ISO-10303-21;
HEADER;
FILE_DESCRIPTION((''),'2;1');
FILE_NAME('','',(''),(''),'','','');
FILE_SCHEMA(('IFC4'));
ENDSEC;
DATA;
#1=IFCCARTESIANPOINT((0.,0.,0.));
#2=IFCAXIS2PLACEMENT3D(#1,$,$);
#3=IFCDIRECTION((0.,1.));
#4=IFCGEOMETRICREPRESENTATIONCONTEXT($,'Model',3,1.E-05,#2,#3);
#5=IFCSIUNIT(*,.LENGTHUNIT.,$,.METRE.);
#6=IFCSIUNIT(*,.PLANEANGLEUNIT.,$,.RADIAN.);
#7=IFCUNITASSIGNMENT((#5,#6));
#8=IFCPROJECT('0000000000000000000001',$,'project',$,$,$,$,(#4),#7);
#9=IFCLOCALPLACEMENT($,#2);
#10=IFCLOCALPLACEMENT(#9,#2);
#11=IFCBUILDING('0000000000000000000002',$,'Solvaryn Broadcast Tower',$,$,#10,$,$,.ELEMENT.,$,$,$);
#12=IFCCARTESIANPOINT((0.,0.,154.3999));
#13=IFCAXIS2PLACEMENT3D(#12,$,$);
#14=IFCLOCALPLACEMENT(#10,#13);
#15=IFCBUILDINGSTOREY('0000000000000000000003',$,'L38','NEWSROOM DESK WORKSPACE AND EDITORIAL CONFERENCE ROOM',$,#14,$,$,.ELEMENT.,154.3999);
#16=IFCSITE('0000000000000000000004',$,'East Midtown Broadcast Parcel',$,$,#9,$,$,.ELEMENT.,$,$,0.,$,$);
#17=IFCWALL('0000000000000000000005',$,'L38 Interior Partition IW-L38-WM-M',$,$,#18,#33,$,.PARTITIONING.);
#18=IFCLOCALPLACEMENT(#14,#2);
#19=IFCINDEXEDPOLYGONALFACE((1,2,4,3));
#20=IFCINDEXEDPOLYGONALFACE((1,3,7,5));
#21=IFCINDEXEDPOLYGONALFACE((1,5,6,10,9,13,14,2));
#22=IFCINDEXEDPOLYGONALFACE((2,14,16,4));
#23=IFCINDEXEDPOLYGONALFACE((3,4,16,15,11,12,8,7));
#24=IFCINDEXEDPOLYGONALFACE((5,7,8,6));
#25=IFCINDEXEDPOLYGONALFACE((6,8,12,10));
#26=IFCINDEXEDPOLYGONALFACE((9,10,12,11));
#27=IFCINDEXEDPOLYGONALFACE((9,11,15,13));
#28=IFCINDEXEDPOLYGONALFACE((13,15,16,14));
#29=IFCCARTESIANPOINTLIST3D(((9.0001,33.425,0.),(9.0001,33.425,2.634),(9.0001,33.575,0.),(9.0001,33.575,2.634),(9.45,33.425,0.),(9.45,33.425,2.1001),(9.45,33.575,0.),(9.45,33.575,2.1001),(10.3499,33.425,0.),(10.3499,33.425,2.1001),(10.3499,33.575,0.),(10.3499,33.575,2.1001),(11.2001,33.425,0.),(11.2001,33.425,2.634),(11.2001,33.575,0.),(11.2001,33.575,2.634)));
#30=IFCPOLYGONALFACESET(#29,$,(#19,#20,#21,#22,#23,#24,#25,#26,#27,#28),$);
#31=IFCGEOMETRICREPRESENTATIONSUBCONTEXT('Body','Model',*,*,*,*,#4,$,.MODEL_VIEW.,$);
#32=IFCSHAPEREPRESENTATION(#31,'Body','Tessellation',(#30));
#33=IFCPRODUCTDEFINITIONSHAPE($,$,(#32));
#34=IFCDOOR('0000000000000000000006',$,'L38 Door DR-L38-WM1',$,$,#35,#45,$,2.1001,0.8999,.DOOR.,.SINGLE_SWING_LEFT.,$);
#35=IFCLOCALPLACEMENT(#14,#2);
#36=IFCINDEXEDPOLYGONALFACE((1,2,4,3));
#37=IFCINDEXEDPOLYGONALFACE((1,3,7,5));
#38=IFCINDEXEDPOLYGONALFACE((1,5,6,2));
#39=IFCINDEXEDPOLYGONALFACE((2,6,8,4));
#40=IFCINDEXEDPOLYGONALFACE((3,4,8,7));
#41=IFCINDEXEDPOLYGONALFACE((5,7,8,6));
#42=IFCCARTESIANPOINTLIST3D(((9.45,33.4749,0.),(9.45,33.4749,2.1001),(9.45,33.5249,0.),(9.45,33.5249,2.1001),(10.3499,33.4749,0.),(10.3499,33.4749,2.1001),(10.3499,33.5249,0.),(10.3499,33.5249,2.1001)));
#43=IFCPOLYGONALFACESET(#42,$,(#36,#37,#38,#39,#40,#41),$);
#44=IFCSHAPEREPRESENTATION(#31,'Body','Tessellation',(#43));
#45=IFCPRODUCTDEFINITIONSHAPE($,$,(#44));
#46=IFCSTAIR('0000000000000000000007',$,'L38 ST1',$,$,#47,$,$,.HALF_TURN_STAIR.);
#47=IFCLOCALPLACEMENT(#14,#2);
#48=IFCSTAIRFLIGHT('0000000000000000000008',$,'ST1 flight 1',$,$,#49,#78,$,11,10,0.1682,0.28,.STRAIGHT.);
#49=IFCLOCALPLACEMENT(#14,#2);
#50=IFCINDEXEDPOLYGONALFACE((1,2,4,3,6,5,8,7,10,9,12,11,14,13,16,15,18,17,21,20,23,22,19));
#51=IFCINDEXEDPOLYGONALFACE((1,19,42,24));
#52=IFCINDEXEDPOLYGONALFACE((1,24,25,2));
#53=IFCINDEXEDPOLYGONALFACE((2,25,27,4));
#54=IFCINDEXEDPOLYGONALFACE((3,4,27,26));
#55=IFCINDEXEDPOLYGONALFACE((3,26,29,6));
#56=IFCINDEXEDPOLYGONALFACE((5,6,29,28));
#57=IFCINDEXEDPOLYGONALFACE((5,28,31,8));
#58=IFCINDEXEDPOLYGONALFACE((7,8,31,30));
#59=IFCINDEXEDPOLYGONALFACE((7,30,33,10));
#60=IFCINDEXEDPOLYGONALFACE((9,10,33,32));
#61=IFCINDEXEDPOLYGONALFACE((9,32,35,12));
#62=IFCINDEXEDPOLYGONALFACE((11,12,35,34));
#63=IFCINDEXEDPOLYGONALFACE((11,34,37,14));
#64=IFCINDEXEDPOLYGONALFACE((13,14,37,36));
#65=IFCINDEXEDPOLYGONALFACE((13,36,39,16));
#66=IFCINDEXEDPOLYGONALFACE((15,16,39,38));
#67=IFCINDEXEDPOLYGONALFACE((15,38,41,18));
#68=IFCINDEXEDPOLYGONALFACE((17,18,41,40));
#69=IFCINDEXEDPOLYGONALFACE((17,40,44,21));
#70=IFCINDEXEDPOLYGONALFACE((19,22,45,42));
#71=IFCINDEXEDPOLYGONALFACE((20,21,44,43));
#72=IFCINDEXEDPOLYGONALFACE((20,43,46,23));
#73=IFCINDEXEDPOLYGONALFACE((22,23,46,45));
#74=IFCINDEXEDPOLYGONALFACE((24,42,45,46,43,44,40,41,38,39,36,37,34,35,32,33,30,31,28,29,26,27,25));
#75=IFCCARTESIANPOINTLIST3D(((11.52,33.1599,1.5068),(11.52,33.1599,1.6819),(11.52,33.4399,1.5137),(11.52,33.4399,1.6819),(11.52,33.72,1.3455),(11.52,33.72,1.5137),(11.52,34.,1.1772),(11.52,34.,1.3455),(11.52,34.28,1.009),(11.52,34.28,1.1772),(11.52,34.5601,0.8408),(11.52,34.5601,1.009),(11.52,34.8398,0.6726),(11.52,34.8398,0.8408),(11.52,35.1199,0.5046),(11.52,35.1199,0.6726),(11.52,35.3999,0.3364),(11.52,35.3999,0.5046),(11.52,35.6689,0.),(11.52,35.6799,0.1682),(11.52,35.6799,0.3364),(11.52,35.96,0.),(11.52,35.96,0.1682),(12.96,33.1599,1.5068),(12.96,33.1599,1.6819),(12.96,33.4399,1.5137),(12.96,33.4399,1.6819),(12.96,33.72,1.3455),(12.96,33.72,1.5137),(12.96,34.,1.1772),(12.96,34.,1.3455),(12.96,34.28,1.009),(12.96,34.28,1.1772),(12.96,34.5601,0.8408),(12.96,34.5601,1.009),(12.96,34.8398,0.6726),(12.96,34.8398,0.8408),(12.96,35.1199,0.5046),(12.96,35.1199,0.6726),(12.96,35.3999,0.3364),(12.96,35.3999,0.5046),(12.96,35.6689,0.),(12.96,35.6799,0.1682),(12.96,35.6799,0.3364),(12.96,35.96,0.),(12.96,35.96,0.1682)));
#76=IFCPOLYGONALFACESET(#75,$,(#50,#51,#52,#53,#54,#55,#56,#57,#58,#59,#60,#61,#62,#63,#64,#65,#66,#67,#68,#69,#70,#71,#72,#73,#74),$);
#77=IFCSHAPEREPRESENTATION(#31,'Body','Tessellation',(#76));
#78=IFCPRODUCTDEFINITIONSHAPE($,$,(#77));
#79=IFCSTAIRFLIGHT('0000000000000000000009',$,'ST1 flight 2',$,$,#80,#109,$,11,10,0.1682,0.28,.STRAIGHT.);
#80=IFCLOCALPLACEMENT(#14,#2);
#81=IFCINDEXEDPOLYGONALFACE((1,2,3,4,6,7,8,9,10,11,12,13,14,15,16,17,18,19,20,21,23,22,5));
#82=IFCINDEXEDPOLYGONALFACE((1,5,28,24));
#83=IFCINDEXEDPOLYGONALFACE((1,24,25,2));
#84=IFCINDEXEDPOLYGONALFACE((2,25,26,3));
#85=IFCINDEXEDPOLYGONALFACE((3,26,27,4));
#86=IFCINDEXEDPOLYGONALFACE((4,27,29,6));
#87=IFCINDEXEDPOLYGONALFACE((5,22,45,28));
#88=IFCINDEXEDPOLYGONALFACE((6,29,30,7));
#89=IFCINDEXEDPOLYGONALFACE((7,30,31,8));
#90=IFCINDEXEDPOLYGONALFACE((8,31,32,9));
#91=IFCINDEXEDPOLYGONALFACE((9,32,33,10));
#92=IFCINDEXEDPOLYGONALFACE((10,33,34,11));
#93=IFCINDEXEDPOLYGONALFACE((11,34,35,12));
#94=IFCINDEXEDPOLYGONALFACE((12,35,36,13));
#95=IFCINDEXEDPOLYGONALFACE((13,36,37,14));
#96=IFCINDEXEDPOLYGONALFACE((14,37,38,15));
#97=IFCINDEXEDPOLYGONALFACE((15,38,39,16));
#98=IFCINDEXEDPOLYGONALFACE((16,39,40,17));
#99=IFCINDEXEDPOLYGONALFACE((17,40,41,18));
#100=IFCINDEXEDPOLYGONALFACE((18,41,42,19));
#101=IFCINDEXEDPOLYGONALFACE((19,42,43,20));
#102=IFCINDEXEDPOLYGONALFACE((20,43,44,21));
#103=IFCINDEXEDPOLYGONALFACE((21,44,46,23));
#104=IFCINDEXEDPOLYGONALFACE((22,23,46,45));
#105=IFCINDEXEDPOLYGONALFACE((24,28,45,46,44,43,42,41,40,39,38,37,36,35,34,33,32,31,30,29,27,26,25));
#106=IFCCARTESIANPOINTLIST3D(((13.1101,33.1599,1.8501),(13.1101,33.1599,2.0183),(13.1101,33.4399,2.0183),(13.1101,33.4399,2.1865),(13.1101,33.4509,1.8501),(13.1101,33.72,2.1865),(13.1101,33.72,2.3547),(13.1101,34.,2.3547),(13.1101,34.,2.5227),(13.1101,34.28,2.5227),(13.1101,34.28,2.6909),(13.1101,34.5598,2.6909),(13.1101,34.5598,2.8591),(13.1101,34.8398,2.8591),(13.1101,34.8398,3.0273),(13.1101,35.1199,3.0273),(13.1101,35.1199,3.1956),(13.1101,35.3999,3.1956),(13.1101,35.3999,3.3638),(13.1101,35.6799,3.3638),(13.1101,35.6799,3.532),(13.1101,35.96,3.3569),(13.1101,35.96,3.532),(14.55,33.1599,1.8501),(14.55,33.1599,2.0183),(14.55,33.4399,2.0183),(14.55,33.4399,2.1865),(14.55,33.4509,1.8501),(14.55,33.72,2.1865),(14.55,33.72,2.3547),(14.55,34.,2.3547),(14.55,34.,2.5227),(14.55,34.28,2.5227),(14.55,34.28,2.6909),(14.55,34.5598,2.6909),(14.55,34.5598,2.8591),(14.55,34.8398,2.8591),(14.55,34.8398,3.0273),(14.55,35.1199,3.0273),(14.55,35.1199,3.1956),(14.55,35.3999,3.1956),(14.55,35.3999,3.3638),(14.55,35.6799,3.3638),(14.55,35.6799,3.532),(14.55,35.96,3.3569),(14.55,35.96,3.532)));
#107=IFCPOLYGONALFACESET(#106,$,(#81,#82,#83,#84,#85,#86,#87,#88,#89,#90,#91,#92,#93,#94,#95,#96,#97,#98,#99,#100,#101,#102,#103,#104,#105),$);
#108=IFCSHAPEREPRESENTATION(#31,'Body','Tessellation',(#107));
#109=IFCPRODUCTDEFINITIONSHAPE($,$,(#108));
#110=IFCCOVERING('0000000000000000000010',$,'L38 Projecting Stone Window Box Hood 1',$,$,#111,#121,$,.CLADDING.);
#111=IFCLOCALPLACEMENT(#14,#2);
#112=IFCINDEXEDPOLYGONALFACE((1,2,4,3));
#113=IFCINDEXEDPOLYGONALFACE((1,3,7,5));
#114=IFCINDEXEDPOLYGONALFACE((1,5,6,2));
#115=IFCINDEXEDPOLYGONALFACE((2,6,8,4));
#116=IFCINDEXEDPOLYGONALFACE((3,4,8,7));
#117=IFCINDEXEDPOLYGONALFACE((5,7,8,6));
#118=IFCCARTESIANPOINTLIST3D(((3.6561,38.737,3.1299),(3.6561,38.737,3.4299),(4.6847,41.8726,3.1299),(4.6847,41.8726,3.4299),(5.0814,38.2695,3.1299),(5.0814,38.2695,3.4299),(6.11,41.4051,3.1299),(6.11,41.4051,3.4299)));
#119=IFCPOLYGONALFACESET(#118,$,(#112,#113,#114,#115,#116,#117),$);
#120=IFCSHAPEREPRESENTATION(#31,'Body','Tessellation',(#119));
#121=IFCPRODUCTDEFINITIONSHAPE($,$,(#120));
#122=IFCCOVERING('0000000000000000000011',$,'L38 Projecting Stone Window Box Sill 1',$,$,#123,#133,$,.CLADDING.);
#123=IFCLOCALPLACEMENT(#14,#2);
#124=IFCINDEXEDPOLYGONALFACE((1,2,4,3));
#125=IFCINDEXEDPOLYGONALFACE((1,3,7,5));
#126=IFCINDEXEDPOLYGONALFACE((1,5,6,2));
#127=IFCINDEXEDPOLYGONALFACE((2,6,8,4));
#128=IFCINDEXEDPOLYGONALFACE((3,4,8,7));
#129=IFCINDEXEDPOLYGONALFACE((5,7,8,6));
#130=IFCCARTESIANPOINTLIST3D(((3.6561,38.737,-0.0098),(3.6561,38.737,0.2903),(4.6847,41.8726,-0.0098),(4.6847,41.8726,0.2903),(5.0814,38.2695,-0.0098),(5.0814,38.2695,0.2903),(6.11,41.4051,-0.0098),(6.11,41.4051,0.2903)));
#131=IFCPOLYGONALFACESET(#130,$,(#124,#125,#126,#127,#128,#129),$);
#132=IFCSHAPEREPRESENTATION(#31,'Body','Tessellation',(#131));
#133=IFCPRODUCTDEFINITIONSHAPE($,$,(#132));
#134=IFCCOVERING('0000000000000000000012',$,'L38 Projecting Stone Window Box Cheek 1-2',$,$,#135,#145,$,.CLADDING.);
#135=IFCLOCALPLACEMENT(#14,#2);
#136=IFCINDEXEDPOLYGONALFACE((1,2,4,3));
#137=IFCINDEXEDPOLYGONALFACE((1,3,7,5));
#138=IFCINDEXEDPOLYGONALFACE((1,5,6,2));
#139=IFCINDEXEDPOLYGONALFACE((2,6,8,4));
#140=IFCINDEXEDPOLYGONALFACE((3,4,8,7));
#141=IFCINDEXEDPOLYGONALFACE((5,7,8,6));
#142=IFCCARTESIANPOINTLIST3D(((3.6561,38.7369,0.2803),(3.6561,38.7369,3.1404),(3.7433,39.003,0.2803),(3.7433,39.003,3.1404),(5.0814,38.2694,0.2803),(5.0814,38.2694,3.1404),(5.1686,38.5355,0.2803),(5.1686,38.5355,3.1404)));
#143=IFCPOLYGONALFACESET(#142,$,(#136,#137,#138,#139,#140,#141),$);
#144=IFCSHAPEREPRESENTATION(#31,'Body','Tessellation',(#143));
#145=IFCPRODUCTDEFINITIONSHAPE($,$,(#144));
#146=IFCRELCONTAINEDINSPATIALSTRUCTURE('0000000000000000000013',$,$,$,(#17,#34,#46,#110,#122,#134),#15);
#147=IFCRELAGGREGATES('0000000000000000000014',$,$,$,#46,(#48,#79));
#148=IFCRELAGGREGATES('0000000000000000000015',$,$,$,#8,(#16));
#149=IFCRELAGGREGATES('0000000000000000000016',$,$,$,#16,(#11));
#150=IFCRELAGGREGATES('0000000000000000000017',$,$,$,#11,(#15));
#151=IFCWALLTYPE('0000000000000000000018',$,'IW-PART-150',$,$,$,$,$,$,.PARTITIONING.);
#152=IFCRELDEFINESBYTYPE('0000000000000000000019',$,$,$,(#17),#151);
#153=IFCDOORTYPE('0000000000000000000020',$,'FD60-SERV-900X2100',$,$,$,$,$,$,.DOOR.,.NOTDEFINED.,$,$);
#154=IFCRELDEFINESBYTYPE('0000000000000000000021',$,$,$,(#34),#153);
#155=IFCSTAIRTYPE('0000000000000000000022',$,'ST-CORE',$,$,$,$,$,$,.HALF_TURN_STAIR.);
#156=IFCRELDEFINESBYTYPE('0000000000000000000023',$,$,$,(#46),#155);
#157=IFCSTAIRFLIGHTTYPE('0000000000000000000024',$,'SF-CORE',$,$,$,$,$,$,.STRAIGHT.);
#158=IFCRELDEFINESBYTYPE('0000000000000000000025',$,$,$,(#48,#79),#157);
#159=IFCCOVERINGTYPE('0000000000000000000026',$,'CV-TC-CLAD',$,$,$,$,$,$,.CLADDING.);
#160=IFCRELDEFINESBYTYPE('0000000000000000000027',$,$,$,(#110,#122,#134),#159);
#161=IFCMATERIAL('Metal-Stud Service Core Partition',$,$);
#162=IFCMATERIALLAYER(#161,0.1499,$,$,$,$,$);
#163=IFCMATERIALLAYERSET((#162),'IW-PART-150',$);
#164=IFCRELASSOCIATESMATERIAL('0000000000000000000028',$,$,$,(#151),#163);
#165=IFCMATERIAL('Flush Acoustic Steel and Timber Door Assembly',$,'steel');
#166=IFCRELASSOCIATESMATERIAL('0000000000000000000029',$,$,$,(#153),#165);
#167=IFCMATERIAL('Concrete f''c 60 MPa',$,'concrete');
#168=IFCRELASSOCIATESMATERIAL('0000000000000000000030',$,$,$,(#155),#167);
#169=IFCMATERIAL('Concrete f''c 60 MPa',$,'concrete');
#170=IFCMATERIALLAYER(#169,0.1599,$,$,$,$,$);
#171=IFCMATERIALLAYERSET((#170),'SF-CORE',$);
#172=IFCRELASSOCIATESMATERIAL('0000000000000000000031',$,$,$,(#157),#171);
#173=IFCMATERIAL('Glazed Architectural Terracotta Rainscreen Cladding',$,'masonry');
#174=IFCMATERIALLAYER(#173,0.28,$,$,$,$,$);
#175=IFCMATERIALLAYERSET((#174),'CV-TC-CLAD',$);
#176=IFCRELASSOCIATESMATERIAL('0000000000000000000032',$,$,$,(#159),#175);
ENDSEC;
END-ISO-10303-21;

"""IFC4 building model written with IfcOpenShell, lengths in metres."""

from ifc_helpers import new_model, si_unit, direction, frame, frame_2d, origin, origin_2d, place, context, subcontext, project, spatial, polyline, rectangle, outline, extrude, material, layer, layer_set, type_object, element, fill, aggregate, save


model = new_model("IFC4")

# Units and contexts
model_context = context("Model", 3, precision=1e-05, world=origin(), true_north=direction((0.0, 1.0)))
body_context = subcontext(model_context, "Body", "Model", "MODEL_VIEW")
ifc_project = project(units=[si_unit("LENGTHUNIT", "METRE"), si_unit("PLANEANGLEUNIT", "RADIAN")], contexts=[model_context])

# Site, building, storey
site_placement = place(None, origin())
site = spatial("IfcSite", under=ifc_project, at=site_placement, Name="East Midtown Broadcast Parcel", CompositionType="ELEMENT", RefElevation=0.0)
building_placement = place(site_placement, origin())
building = spatial("IfcBuilding", under=site, at=building_placement, Name="Solvaryn Broadcast Tower", CompositionType="ELEMENT")
storey_placement = place(building_placement, frame((0.0, 0.0, 154.3999)))
storey = spatial("IfcBuildingStorey", under=building, at=storey_placement, Name="L38", Description="NEWSROOM DESK WORKSPACE AND EDITORIAL CONFERENCE ROOM", CompositionType="ELEMENT", Elevation=154.3999)

# Wall, opening, door
ifc_material_1 = material(Name="Metal-Stud Service Core Partition")
ifc_layer_1 = layer(ifc_material_1, 0.1499)
ifc_layer_set_1 = layer_set([ifc_layer_1], Name="IW-PART-150")
wall_type = type_object("IfcWallType", Name="IW-PART-150", PredefinedType="PARTITIONING", material=ifc_layer_set_1)
wall_placement = place(storey_placement, frame((9.0, 33.5, 0.0), z_axis=(0.0, 0.0, 1.0), x_axis=(1.0, 0.0, 0.0)))
wall = element("IfcWall", 1, at=wall_placement, inside=storey, type_object=wall_type, Name="L38 Interior Partition IW-L38-WM-M", PredefinedType="PARTITIONING", context=body_context, shape_type="SweptSolid", body=[
    extrude(rectangle(XDim=2.2, YDim=0.1499, at=frame_2d((1.1001, 0.0))), origin(), (0.0, 0.0, 1.0), 2.634),
])
opening_placement = place(wall_placement, frame((0.45, 0.0, 0.0)))
opening = element("IfcOpeningElement", 2, at=opening_placement, cuts=wall, PredefinedType="OPENING", context=body_context, shape_type="SweptSolid", body=[
    extrude(rectangle(XDim=0.8999, YDim=2.1001, at=frame_2d((0.45, 1.05))), frame((0.0, 0.085, 0.0), z_axis=(0.0, -1.0, 0.0), x_axis=(1.0, 0.0, 0.0)), (0.0, 0.0, 1.0), 0.1699),
])
ifc_material_2 = material(Name="Flush Acoustic Steel and Timber Door Assembly", Category="steel")
door_type = type_object("IfcDoorType", Name="FD60-SERV-900X2100", OperationType="NOTDEFINED", PredefinedType="DOOR", material=ifc_material_2)
door_placement = place(opening_placement, origin())
door = element("IfcDoor", 3, at=door_placement, inside=storey, type_object=door_type, Name="L38 Door DR-L38-WM1", OperationType="SINGLE_SWING_LEFT", OverallHeight=2.1001, OverallWidth=0.8999, PredefinedType="DOOR", context=body_context, shape_type="SweptSolid", body=[
    extrude(rectangle(XDim=0.8999, YDim=2.1001, at=frame_2d((0.45, 1.05))), frame((0.0, 0.0249, 0.0), z_axis=(0.0, -1.0, 0.0), x_axis=(1.0, 0.0, 0.0)), (0.0, 0.0, 1.0), 0.05),
])
fill(opening, door)

# Stair, stair flights
ifc_material_3 = material(Name="Concrete f'c 60 MPa", Category="concrete")
stair_type = type_object("IfcStairType", Name="ST-CORE", PredefinedType="HALF_TURN_STAIR", material=ifc_material_3)
stair_placement = place(storey_placement, origin())
stair = element("IfcStair", 4, at=stair_placement, inside=storey, type_object=stair_type, Name="L38 ST1", PredefinedType="HALF_TURN_STAIR")
ifc_material_4 = material(Name="Concrete f'c 60 MPa", Category="concrete")
ifc_layer_2 = layer(ifc_material_4, 0.1599)
ifc_layer_set_2 = layer_set([ifc_layer_2], Name="SF-CORE")
stair_flight_type = type_object("IfcStairFlightType", Name="SF-CORE", PredefinedType="STRAIGHT", material=ifc_layer_set_2)
stair_flight_1_placement = place(storey_placement, frame((12.24, 35.96, 0.0), z_axis=(0.0, 0.0, 1.0), x_axis=(0.0, -1.0, 0.0)))
stair_flight_1 = element("IfcStairFlight", 5, at=stair_flight_1_placement, type_object=stair_flight_type, Name="ST1 flight 1", NumberOfRisers=11, NumberOfTreads=10, PredefinedType="STRAIGHT", RiserHeight=0.1682, TreadLength=0.28, context=body_context, shape_type="SweptSolid", body=[
    extrude(outline(polyline([(0.0, 0.0), (0.0, 0.1682), (0.28, 0.1682), (0.28, 0.3364), (0.5601, 0.3364), (0.5601, 0.5046), (0.8401, 0.5046), (0.8401, 0.6726), (1.1201, 0.6726), (1.1201, 0.8408), (1.3999, 0.8408), (1.3999, 1.009), (1.6799, 1.009), (1.6799, 1.1772), (1.96, 1.1772), (1.96, 1.3455), (2.24, 1.3455), (2.24, 1.5137), (2.52, 1.5137), (2.52, 1.6819), (2.8, 1.6819), (2.8, 1.8501), (2.8, 1.5068), (0.291, 0.0), (0.0, 0.0)])), frame((0.0, 0.72, 0.0), z_axis=(0.0, -1.0, 0.0), x_axis=(1.0, 0.0, 0.0)), (0.0, 0.0, 1.0), 1.4399),
])
stair_flight_2_placement = place(storey_placement, frame((13.8301, 33.1599, 1.8501), z_axis=(0.0, 0.0, 1.0), x_axis=(0.0, 1.0, 0.0)))
stair_flight_2 = element("IfcStairFlight", 6, at=stair_flight_2_placement, type_object=stair_flight_type, Name="ST1 flight 2", NumberOfRisers=11, NumberOfTreads=10, PredefinedType="STRAIGHT", RiserHeight=0.1682, TreadLength=0.28, context=body_context, shape_type="SweptSolid", body=[
    extrude(outline(polyline([(0.0, 0.0), (0.0, 0.1682), (0.28, 0.1682), (0.28, 0.3364), (0.5601, 0.3364), (0.5601, 0.5046), (0.8401, 0.5046), (0.8401, 0.6726), (1.1201, 0.6726), (1.1201, 0.8408), (1.3999, 0.8408), (1.3999, 1.009), (1.6799, 1.009), (1.6799, 1.1772), (1.96, 1.1772), (1.96, 1.3455), (2.24, 1.3455), (2.24, 1.5137), (2.52, 1.5137), (2.52, 1.6819), (2.8, 1.6819), (2.8, 1.8501), (2.8, 1.5068), (0.291, 0.0), (0.0, 0.0)])), frame((0.0, 0.72, 0.0), z_axis=(0.0, -1.0, 0.0), x_axis=(1.0, 0.0, 0.0)), (0.0, 0.0, 1.0), 1.4399),
])
aggregate(stair, [stair_flight_1, stair_flight_2])

# Coverings
ifc_material_5 = material(Name="Glazed Architectural Terracotta Rainscreen Cladding", Category="masonry")
ifc_layer_3 = layer(ifc_material_5, 0.28)
ifc_layer_set_3 = layer_set([ifc_layer_3], Name="CV-TC-CLAD")
covering_type = type_object("IfcCoveringType", Name="CV-TC-CLAD", PredefinedType="CLADDING", material=ifc_layer_set_3)
for number, where, z_axis, x_axis, name in (
    (7, (4.8831, 40.071, 3.1299), (0.0, 0.0, 1.0), (-0.311672, -0.95019, 0.0), "L38 Projecting Stone Window Box Hood 1"),
    (8, (4.8831, 40.071, -0.0098), (0.0, 0.0, 1.0), (-0.311672, -0.95019, 0.0), "L38 Projecting Stone Window Box Sill 1"),
):
    element("IfcCovering", number, at=place(storey_placement, frame(where, z_axis=z_axis, x_axis=x_axis)), inside=storey, type_object=covering_type, Name=name, PredefinedType="CLADDING", context=body_context, shape_type="SweptSolid", body=[
        extrude(rectangle(XDim=3.3, YDim=1.5, at=origin_2d()), origin(), (0.0, 0.0, 1.0), 0.3),
    ])
covering_placement = place(storey_placement, frame((4.4124, 38.6362, 0.2803), z_axis=(0.0, 0.0, 1.0), x_axis=(-0.311672, -0.95019, 0.0)))
element("IfcCovering", 9, at=covering_placement, inside=storey, type_object=covering_type, Name="L38 Projecting Stone Window Box Cheek 1-2", PredefinedType="CLADDING", context=body_context, shape_type="SweptSolid", body=[
    extrude(rectangle(XDim=0.28, YDim=1.5, at=origin_2d()), origin(), (0.0, 0.0, 1.0), 2.8601),
])

save(model, "model.ifc")
